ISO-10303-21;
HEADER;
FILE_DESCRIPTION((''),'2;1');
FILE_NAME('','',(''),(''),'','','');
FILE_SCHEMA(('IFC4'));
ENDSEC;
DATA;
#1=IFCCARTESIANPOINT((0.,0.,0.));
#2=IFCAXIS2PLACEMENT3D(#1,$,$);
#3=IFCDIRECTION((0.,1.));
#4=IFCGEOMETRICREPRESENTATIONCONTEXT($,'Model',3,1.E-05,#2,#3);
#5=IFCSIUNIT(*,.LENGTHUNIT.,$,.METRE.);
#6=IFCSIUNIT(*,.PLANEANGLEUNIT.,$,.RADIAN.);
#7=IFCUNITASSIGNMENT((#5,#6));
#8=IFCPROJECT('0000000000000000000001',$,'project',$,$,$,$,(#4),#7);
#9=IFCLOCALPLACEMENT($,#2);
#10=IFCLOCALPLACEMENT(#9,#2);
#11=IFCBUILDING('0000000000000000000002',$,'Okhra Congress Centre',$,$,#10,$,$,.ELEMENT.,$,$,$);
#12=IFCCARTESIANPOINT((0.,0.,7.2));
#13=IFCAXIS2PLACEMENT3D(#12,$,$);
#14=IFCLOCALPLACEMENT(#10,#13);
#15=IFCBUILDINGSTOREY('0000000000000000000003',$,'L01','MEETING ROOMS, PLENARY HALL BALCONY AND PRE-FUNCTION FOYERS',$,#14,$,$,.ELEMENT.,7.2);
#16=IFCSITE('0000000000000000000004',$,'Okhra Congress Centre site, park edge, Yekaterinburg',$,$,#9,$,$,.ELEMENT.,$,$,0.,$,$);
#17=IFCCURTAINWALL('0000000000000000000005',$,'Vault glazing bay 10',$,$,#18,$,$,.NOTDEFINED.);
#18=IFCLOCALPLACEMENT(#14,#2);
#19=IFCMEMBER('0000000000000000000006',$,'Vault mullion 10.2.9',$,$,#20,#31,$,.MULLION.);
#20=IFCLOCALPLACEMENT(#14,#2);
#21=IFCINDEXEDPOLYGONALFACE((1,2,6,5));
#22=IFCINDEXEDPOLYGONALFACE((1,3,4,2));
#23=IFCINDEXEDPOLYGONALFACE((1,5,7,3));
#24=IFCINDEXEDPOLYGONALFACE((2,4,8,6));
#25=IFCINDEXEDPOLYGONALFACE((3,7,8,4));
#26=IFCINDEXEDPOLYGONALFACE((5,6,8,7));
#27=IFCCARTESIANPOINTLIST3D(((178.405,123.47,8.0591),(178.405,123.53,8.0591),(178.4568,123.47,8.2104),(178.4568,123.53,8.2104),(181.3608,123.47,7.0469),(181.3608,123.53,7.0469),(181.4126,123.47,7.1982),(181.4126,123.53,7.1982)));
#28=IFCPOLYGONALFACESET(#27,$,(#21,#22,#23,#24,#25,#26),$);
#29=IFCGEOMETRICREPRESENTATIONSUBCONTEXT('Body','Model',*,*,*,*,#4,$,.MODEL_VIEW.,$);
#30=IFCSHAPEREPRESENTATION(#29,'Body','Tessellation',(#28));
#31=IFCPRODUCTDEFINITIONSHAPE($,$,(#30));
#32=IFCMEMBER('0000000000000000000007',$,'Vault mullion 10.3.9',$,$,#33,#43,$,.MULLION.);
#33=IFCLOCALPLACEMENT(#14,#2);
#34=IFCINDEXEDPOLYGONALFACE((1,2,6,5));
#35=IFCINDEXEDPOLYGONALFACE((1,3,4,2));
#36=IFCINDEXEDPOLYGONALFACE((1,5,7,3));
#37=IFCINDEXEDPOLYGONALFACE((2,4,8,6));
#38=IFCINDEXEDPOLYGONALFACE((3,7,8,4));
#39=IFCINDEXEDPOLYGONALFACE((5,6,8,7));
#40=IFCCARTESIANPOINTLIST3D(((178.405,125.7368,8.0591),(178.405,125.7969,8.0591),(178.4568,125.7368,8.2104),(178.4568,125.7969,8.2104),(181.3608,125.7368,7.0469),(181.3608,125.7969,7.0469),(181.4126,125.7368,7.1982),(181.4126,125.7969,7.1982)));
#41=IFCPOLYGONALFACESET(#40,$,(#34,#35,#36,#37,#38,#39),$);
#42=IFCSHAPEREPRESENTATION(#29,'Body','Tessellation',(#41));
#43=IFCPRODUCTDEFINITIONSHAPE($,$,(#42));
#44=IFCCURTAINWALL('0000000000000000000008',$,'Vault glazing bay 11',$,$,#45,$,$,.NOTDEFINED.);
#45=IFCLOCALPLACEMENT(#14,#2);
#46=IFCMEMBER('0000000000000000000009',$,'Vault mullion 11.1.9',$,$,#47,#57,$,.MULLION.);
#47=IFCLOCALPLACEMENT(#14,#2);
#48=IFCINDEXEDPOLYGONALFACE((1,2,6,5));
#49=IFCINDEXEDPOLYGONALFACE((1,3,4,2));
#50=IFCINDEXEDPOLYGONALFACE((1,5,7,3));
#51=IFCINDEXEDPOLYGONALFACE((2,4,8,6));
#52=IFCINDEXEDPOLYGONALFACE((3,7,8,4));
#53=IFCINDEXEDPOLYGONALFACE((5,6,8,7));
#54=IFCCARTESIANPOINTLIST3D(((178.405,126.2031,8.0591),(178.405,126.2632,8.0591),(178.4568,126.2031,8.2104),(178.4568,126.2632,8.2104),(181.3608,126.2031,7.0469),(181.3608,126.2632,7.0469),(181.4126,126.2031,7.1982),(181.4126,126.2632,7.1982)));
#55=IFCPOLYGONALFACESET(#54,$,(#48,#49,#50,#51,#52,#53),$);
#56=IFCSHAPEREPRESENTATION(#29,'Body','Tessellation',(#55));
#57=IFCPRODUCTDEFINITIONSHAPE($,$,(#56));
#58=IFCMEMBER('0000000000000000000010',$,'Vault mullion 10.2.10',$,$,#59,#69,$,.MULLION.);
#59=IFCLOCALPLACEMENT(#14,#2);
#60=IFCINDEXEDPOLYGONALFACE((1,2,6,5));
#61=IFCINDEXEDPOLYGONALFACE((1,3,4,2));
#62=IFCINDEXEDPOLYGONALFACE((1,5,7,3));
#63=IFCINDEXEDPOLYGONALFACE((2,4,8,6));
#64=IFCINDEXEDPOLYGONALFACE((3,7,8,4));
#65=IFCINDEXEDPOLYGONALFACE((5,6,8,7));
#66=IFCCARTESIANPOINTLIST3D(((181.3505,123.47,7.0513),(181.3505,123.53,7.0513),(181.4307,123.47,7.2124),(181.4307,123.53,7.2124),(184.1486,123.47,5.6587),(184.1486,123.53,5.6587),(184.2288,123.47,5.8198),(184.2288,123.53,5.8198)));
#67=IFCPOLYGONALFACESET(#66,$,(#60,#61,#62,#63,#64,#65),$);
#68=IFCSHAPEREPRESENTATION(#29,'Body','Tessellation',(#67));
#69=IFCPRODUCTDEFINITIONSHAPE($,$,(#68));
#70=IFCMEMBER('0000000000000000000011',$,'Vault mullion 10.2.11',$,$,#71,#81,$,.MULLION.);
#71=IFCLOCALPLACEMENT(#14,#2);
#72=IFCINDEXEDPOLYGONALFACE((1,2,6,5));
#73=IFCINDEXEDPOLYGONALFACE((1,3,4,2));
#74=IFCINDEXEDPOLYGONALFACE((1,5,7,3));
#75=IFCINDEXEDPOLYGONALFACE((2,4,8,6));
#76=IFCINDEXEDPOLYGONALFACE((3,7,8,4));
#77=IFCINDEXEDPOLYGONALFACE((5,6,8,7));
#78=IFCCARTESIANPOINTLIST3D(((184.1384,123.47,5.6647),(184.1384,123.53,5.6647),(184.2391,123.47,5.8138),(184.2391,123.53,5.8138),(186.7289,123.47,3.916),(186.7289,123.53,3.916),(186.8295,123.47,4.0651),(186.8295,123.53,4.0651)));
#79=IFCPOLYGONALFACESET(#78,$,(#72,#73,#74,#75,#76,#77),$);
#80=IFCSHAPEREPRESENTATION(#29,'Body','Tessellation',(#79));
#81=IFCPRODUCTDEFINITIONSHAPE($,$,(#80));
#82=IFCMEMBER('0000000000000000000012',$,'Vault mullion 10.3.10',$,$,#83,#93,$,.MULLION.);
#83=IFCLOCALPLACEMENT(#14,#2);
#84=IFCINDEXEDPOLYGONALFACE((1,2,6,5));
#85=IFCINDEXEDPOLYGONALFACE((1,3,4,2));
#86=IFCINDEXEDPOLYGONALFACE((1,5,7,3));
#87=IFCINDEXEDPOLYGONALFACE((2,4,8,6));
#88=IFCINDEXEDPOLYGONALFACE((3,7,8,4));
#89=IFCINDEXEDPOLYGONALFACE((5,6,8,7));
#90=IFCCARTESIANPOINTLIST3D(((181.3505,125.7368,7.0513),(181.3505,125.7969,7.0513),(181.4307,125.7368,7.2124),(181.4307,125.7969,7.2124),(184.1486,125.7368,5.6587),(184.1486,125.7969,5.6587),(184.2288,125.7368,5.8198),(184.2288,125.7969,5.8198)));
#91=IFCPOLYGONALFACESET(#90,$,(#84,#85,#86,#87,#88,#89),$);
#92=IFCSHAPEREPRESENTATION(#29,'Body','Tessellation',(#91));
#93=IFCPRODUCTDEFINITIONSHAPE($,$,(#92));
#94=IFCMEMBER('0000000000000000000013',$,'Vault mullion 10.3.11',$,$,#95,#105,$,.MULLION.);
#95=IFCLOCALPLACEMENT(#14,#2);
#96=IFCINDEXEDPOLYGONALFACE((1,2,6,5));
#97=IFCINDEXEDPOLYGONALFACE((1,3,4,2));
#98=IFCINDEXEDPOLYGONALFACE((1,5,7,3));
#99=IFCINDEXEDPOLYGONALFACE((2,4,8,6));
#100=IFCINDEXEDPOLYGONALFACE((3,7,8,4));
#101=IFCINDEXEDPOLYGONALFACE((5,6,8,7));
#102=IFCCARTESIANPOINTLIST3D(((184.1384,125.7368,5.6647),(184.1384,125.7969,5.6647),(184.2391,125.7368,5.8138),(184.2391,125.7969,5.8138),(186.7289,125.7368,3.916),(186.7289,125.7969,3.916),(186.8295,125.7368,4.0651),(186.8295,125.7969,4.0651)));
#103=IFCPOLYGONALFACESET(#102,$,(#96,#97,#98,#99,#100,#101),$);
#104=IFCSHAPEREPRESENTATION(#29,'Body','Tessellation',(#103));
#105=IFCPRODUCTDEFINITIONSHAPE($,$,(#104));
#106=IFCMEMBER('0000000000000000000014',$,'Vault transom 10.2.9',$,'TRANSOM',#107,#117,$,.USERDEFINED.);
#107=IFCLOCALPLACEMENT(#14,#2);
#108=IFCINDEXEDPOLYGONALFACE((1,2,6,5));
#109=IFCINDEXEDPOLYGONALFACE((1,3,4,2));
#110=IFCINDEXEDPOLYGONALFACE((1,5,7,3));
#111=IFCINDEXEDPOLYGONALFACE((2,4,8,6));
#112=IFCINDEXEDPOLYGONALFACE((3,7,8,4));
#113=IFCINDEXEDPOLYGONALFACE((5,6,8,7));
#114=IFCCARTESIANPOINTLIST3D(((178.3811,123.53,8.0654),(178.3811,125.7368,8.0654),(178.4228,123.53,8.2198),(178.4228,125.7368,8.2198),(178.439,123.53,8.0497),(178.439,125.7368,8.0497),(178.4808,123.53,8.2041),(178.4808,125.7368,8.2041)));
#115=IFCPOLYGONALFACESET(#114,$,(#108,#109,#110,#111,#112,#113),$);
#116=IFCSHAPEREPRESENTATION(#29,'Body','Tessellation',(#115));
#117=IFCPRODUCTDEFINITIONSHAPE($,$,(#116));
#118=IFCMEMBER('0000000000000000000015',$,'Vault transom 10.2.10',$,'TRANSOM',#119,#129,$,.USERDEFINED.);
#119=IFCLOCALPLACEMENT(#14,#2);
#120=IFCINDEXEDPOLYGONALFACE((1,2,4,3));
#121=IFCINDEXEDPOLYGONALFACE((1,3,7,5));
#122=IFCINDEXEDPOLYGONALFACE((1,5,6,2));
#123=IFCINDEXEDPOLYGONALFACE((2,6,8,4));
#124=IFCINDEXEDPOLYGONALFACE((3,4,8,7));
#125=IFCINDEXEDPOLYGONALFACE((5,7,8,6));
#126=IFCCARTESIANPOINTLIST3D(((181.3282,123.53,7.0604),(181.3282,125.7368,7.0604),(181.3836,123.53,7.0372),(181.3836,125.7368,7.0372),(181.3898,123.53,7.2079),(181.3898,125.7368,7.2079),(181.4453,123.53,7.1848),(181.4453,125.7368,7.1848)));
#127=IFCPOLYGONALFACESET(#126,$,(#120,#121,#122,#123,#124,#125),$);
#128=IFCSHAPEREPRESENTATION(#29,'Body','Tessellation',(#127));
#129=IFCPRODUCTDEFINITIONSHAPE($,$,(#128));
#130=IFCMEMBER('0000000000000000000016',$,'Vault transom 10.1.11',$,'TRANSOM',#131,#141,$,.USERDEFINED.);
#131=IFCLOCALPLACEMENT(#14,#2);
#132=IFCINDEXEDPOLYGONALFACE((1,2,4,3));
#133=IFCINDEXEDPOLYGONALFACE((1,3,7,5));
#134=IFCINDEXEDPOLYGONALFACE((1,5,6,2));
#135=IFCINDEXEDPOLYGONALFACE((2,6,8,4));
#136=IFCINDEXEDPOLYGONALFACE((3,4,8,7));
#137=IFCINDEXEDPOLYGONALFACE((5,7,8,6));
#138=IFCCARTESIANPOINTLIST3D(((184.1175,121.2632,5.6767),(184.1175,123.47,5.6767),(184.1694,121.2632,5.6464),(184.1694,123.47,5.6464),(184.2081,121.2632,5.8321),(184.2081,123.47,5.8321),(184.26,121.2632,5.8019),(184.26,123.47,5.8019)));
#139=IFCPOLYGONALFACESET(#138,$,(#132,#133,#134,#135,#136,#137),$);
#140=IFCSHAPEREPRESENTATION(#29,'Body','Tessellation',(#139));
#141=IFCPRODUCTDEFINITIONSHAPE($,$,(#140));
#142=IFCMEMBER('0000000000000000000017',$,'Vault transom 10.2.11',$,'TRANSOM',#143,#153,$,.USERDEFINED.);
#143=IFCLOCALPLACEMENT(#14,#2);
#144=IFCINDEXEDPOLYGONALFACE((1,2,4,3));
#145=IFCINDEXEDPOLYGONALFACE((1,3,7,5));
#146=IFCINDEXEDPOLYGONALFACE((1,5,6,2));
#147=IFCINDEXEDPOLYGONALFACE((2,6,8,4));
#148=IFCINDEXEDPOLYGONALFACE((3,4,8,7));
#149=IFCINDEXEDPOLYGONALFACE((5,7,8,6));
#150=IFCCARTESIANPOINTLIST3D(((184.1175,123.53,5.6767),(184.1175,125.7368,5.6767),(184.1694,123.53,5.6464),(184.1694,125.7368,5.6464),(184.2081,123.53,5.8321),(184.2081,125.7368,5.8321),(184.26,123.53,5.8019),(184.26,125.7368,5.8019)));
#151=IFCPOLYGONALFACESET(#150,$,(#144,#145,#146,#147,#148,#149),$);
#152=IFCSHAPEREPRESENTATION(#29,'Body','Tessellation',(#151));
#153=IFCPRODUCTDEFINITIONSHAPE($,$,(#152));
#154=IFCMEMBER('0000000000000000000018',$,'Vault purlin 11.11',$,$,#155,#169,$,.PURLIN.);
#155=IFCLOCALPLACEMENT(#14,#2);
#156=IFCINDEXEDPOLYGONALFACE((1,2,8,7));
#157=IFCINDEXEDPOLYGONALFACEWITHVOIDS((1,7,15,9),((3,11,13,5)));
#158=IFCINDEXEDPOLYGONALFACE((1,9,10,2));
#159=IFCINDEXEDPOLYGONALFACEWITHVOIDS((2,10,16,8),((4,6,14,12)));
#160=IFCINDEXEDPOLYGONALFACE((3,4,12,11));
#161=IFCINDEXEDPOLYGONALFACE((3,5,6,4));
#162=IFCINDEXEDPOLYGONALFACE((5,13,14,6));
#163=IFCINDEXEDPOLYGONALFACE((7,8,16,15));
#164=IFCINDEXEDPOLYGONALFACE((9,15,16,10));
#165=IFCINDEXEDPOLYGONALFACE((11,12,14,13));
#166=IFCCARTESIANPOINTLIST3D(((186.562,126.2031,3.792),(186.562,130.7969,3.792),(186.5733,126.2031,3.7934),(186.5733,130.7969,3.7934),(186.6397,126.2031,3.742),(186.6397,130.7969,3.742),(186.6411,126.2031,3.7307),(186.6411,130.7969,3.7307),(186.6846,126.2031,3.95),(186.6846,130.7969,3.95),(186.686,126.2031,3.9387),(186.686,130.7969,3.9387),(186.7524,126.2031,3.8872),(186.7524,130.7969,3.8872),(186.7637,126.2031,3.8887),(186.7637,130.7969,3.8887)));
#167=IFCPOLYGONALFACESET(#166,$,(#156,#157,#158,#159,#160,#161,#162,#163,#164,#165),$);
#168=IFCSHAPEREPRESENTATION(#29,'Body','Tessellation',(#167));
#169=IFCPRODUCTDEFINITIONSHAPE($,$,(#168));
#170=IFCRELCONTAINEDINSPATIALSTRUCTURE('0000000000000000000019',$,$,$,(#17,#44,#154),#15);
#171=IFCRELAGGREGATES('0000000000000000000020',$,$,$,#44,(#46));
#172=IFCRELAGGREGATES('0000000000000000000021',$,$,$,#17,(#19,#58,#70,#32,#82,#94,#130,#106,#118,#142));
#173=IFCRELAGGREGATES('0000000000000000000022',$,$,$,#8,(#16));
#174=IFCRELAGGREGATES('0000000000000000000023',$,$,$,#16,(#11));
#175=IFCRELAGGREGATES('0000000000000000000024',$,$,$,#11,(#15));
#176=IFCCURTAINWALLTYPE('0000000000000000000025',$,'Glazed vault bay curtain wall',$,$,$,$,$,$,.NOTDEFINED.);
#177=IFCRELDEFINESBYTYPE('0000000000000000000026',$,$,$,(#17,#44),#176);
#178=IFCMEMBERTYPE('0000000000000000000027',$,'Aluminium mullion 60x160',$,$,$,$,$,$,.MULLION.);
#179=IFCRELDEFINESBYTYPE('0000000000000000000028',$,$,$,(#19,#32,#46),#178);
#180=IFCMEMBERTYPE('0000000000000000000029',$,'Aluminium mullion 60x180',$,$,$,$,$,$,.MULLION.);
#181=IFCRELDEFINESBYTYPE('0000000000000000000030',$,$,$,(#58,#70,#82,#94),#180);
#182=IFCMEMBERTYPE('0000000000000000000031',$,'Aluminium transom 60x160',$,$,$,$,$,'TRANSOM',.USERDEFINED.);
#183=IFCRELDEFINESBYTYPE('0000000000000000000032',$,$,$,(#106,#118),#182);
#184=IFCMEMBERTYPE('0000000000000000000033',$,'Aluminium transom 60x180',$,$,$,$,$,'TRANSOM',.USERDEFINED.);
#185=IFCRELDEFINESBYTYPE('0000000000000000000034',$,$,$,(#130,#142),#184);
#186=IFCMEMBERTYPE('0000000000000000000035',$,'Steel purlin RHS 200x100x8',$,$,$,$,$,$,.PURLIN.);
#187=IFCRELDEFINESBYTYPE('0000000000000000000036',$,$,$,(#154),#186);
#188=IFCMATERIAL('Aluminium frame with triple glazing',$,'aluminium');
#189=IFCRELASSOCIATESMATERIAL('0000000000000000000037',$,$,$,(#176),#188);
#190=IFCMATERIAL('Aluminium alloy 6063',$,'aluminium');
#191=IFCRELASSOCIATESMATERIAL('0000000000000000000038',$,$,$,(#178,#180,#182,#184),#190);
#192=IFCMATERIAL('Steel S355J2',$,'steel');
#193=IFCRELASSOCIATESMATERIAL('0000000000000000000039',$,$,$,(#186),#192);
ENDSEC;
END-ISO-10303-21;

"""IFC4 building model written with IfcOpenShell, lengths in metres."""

from ifc_helpers import new_model, si_unit, direction, frame, origin, origin_2d, place, context, subcontext, project, spatial, rectangle, hollow_rectangle, extrude, material, material_profile, profile_set, type_object, element, aggregate, save


model = new_model("IFC4")

# Units and contexts
model_context = context("Model", 3, precision=1e-05, world=origin(), true_north=direction((0.0, 1.0)))
body_context = subcontext(model_context, "Body", "Model", "MODEL_VIEW")
ifc_project = project(units=[si_unit("LENGTHUNIT", "METRE"), si_unit("PLANEANGLEUNIT", "RADIAN")], contexts=[model_context])

# Site, building, storey
site_placement = place(None, origin())
site = spatial("IfcSite", under=ifc_project, at=site_placement, Name="Okhra Congress Centre site, park edge, Yekaterinburg", CompositionType="ELEMENT", RefElevation=0.0)
building_placement = place(site_placement, origin())
building = spatial("IfcBuilding", under=site, at=building_placement, Name="Okhra Congress Centre", CompositionType="ELEMENT")
storey_placement = place(building_placement, frame((0.0, 0.0, 7.2)))
storey = spatial("IfcBuildingStorey", under=building, at=storey_placement, Name="L01", Description="MEETING ROOMS, PLENARY HALL BALCONY AND PRE-FUNCTION FOYERS", CompositionType="ELEMENT", Elevation=7.2)

# Curtain wall, members
ifc_material_1 = material(Name="Aluminium frame with triple glazing", Category="aluminium")
curtain_wall_type = type_object("IfcCurtainWallType", Name="Glazed vault bay curtain wall", PredefinedType="NOTDEFINED", material=ifc_material_1)
curtain_wall_1_placement = place(storey_placement, origin())
curtain_wall_1 = element("IfcCurtainWall", 1, at=curtain_wall_1_placement, inside=storey, type_object=curtain_wall_type, Name="Vault glazing bay 10", PredefinedType="NOTDEFINED")
ifc_material_2 = material(Name="Aluminium alloy 6063", Category="aluminium")
ifc_material_profile_1 = material_profile(ifc_material_2, rectangle(XDim=0.0601, YDim=0.1599, at=origin_2d()), Name="AL 60x160")
ifc_profile_set_1 = profile_set([ifc_material_profile_1], Name="Aluminium alloy 6063")
member_type_1 = type_object("IfcMemberType", Name="Aluminium mullion 60x160", PredefinedType="MULLION", material=ifc_profile_set_1)
member_1_placement = place(storey_placement, frame((178.4309, 123.5, 8.1348), z_axis=(0.946065, 0.0, -0.323977), x_axis=(0.0, 1.0, 0.0)))
member_1 = element("IfcMember", 2, at=member_1_placement, type_object=member_type_1, Name="Vault mullion 10.2.9", PredefinedType="MULLION", context=body_context, shape_type="SweptSolid", body=[
    extrude(rectangle(XDim=0.0601, YDim=0.1599, at=origin_2d()), origin(), (0.0, 0.0, 1.0), 3.1243),
])
member_2_placement = place(storey_placement, frame((178.4309, 125.7668, 8.1348), z_axis=(0.946065, 0.0, -0.323977), x_axis=(0.0, 1.0, 0.0)))
member_2 = element("IfcMember", 3, at=member_2_placement, type_object=member_type_1, Name="Vault mullion 10.3.9", PredefinedType="MULLION", context=body_context, shape_type="SweptSolid", body=[
    extrude(rectangle(XDim=0.0601, YDim=0.1599, at=origin_2d()), origin(), (0.0, 0.0, 1.0), 3.1243),
])

# Curtain wall, member
curtain_wall_2_placement = place(storey_placement, origin())
curtain_wall_2 = element("IfcCurtainWall", 4, at=curtain_wall_2_placement, inside=storey, type_object=curtain_wall_type, Name="Vault glazing bay 11", PredefinedType="NOTDEFINED")
member_3_placement = place(storey_placement, frame((178.4309, 126.2332, 8.1348), z_axis=(0.946065, 0.0, -0.323977), x_axis=(0.0, 1.0, 0.0)))
member_3 = element("IfcMember", 5, at=member_3_placement, type_object=member_type_1, Name="Vault mullion 11.1.9", PredefinedType="MULLION", context=body_context, shape_type="SweptSolid", body=[
    extrude(rectangle(XDim=0.0601, YDim=0.1599, at=origin_2d()), origin(), (0.0, 0.0, 1.0), 3.1243),
])
aggregate(curtain_wall_2, [member_3])

# Members
ifc_material_profile_2 = material_profile(ifc_material_2, rectangle(XDim=0.0601, YDim=0.1799, at=origin_2d()), Name="AL 60x180")
ifc_profile_set_2 = profile_set([ifc_material_profile_2], Name="Aluminium alloy 6063")
member_type_2 = type_object("IfcMemberType", Name="Aluminium mullion 60x180", PredefinedType="MULLION", material=ifc_profile_set_2)
member_4_placement = place(storey_placement, frame((181.3906, 123.5, 7.1318), z_axis=(0.895254, 0.0, -0.445557), x_axis=(0.0, 1.0, 0.0)))
member_4 = element("IfcMember", 6, at=member_4_placement, type_object=member_type_2, Name="Vault mullion 10.2.10", PredefinedType="MULLION", context=body_context, shape_type="SweptSolid", body=[
    extrude(rectangle(XDim=0.0601, YDim=0.1799, at=origin_2d()), origin(), (0.0, 0.0, 1.0), 3.1255),
])
member_5_placement = place(storey_placement, frame((184.1887, 123.5, 5.7393), z_axis=(0.828828, 0.0, -0.559504), x_axis=(0.0, 1.0, 0.0)))
member_5 = element("IfcMember", 7, at=member_5_placement, type_object=member_type_2, Name="Vault mullion 10.2.11", PredefinedType="MULLION", context=body_context, shape_type="SweptSolid", body=[
    extrude(rectangle(XDim=0.0601, YDim=0.1799, at=origin_2d()), origin(), (0.0, 0.0, 1.0), 3.1255),
])
member_6_placement = place(storey_placement, frame((181.3906, 125.7668, 7.1318), z_axis=(0.895254, 0.0, -0.445557), x_axis=(0.0, 1.0, 0.0)))
member_6 = element("IfcMember", 8, at=member_6_placement, type_object=member_type_2, Name="Vault mullion 10.3.10", PredefinedType="MULLION", context=body_context, shape_type="SweptSolid", body=[
    extrude(rectangle(XDim=0.0601, YDim=0.1799, at=origin_2d()), origin(), (0.0, 0.0, 1.0), 3.1255),
])
member_7_placement = place(storey_placement, frame((184.1887, 125.7668, 5.7393), z_axis=(0.828828, 0.0, -0.559504), x_axis=(0.0, 1.0, 0.0)))
member_7 = element("IfcMember", 9, at=member_7_placement, type_object=member_type_2, Name="Vault mullion 10.3.11", PredefinedType="MULLION", context=body_context, shape_type="SweptSolid", body=[
    extrude(rectangle(XDim=0.0601, YDim=0.1799, at=origin_2d()), origin(), (0.0, 0.0, 1.0), 3.1255),
])
ifc_material_profile_3 = material_profile(ifc_material_2, rectangle(XDim=0.0601, YDim=0.1599, at=origin_2d()), Name="AL 60x160 transom")
ifc_profile_set_3 = profile_set([ifc_material_profile_3], Name="Aluminium alloy 6063")
member_type_3 = type_object("IfcMemberType", Name="Aluminium transom 60x160", ElementType="TRANSOM", PredefinedType="USERDEFINED", material=ifc_profile_set_3)
member_8_placement = place(storey_placement, frame((178.4309, 123.53, 8.1348), z_axis=(0.0, 1.0, 0.0), x_axis=(-0.96538, 0.0, 0.260848)))
member_8 = element("IfcMember", 10, at=member_8_placement, type_object=member_type_3, Name="Vault transom 10.2.9", ObjectType="TRANSOM", PredefinedType="USERDEFINED", context=body_context, shape_type="SweptSolid", body=[
    extrude(rectangle(XDim=0.0601, YDim=0.1599, at=origin_2d()), origin(), (0.0, 0.0, 1.0), 2.2068),
])
member_9_placement = place(storey_placement, frame((181.3867, 123.53, 7.1226), z_axis=(0.0, 1.0, 0.0), x_axis=(-0.922669, 0.0, 0.385593)))
member_9 = element("IfcMember", 11, at=member_9_placement, type_object=member_type_3, Name="Vault transom 10.2.10", ObjectType="TRANSOM", PredefinedType="USERDEFINED", context=body_context, shape_type="SweptSolid", body=[
    extrude(rectangle(XDim=0.0601, YDim=0.1599, at=origin_2d()), origin(), (0.0, 0.0, 1.0), 2.2068),
])
ifc_material_profile_4 = material_profile(ifc_material_2, rectangle(XDim=0.0601, YDim=0.1799, at=origin_2d()), Name="AL 60x180 transom")
ifc_profile_set_4 = profile_set([ifc_material_profile_4], Name="Aluminium alloy 6063")
member_type_4 = type_object("IfcMemberType", Name="Aluminium transom 60x180", ElementType="TRANSOM", PredefinedType="USERDEFINED", material=ifc_profile_set_4)
member_10_placement = place(storey_placement, frame((184.1887, 121.2632, 5.7393), z_axis=(0.0, 1.0, 0.0), x_axis=(-0.863917, 0.0, 0.503634)))
member_10 = element("IfcMember", 12, at=member_10_placement, type_object=member_type_4, Name="Vault transom 10.1.11", ObjectType="TRANSOM", PredefinedType="USERDEFINED", context=body_context, shape_type="SweptSolid", body=[
    extrude(rectangle(XDim=0.0601, YDim=0.1799, at=origin_2d()), origin(), (0.0, 0.0, 1.0), 2.2068),
])
member_11_placement = place(storey_placement, frame((184.1887, 123.53, 5.7393), z_axis=(0.0, 1.0, 0.0), x_axis=(-0.863917, 0.0, 0.503634)))
member_11 = element("IfcMember", 13, at=member_11_placement, type_object=member_type_4, Name="Vault transom 10.2.11", ObjectType="TRANSOM", PredefinedType="USERDEFINED", context=body_context, shape_type="SweptSolid", body=[
    extrude(rectangle(XDim=0.0601, YDim=0.1799, at=origin_2d()), origin(), (0.0, 0.0, 1.0), 2.2068),
])

# Member
ifc_material_3 = material(Name="Steel S355J2", Category="steel")
ifc_material_profile_5 = material_profile(ifc_material_3, hollow_rectangle(XDim=0.1001, YDim=0.2, WallThickness=0.0081, at=origin_2d()), Name="RHS 200x100x8")
ifc_profile_set_5 = profile_set([ifc_material_profile_5], Name="Steel S355J2")
member_type_5 = type_object("IfcMemberType", Name="Steel purlin RHS 200x100x8", PredefinedType="PURLIN", material=ifc_profile_set_5)
member_12_placement = place(storey_placement, frame((186.6628, 126.2031, 3.8403), z_axis=(0.0, 1.0, 0.0), x_axis=(-0.790145, 0.0, 0.61292)))
element("IfcMember", 14, at=member_12_placement, inside=storey, type_object=member_type_5, Name="Vault purlin 11.11", PredefinedType="PURLIN", context=body_context, shape_type="SweptSolid", body=[
    extrude(hollow_rectangle(XDim=0.1001, YDim=0.2, WallThickness=0.0081, at=origin_2d()), origin(), (0.0, 0.0, 1.0), 4.5938),
])

aggregate(curtain_wall_1, [member_1, member_4, member_5, member_2, member_6, member_7, member_10, member_8, member_9, member_11])

save(model, "model.ifc")
